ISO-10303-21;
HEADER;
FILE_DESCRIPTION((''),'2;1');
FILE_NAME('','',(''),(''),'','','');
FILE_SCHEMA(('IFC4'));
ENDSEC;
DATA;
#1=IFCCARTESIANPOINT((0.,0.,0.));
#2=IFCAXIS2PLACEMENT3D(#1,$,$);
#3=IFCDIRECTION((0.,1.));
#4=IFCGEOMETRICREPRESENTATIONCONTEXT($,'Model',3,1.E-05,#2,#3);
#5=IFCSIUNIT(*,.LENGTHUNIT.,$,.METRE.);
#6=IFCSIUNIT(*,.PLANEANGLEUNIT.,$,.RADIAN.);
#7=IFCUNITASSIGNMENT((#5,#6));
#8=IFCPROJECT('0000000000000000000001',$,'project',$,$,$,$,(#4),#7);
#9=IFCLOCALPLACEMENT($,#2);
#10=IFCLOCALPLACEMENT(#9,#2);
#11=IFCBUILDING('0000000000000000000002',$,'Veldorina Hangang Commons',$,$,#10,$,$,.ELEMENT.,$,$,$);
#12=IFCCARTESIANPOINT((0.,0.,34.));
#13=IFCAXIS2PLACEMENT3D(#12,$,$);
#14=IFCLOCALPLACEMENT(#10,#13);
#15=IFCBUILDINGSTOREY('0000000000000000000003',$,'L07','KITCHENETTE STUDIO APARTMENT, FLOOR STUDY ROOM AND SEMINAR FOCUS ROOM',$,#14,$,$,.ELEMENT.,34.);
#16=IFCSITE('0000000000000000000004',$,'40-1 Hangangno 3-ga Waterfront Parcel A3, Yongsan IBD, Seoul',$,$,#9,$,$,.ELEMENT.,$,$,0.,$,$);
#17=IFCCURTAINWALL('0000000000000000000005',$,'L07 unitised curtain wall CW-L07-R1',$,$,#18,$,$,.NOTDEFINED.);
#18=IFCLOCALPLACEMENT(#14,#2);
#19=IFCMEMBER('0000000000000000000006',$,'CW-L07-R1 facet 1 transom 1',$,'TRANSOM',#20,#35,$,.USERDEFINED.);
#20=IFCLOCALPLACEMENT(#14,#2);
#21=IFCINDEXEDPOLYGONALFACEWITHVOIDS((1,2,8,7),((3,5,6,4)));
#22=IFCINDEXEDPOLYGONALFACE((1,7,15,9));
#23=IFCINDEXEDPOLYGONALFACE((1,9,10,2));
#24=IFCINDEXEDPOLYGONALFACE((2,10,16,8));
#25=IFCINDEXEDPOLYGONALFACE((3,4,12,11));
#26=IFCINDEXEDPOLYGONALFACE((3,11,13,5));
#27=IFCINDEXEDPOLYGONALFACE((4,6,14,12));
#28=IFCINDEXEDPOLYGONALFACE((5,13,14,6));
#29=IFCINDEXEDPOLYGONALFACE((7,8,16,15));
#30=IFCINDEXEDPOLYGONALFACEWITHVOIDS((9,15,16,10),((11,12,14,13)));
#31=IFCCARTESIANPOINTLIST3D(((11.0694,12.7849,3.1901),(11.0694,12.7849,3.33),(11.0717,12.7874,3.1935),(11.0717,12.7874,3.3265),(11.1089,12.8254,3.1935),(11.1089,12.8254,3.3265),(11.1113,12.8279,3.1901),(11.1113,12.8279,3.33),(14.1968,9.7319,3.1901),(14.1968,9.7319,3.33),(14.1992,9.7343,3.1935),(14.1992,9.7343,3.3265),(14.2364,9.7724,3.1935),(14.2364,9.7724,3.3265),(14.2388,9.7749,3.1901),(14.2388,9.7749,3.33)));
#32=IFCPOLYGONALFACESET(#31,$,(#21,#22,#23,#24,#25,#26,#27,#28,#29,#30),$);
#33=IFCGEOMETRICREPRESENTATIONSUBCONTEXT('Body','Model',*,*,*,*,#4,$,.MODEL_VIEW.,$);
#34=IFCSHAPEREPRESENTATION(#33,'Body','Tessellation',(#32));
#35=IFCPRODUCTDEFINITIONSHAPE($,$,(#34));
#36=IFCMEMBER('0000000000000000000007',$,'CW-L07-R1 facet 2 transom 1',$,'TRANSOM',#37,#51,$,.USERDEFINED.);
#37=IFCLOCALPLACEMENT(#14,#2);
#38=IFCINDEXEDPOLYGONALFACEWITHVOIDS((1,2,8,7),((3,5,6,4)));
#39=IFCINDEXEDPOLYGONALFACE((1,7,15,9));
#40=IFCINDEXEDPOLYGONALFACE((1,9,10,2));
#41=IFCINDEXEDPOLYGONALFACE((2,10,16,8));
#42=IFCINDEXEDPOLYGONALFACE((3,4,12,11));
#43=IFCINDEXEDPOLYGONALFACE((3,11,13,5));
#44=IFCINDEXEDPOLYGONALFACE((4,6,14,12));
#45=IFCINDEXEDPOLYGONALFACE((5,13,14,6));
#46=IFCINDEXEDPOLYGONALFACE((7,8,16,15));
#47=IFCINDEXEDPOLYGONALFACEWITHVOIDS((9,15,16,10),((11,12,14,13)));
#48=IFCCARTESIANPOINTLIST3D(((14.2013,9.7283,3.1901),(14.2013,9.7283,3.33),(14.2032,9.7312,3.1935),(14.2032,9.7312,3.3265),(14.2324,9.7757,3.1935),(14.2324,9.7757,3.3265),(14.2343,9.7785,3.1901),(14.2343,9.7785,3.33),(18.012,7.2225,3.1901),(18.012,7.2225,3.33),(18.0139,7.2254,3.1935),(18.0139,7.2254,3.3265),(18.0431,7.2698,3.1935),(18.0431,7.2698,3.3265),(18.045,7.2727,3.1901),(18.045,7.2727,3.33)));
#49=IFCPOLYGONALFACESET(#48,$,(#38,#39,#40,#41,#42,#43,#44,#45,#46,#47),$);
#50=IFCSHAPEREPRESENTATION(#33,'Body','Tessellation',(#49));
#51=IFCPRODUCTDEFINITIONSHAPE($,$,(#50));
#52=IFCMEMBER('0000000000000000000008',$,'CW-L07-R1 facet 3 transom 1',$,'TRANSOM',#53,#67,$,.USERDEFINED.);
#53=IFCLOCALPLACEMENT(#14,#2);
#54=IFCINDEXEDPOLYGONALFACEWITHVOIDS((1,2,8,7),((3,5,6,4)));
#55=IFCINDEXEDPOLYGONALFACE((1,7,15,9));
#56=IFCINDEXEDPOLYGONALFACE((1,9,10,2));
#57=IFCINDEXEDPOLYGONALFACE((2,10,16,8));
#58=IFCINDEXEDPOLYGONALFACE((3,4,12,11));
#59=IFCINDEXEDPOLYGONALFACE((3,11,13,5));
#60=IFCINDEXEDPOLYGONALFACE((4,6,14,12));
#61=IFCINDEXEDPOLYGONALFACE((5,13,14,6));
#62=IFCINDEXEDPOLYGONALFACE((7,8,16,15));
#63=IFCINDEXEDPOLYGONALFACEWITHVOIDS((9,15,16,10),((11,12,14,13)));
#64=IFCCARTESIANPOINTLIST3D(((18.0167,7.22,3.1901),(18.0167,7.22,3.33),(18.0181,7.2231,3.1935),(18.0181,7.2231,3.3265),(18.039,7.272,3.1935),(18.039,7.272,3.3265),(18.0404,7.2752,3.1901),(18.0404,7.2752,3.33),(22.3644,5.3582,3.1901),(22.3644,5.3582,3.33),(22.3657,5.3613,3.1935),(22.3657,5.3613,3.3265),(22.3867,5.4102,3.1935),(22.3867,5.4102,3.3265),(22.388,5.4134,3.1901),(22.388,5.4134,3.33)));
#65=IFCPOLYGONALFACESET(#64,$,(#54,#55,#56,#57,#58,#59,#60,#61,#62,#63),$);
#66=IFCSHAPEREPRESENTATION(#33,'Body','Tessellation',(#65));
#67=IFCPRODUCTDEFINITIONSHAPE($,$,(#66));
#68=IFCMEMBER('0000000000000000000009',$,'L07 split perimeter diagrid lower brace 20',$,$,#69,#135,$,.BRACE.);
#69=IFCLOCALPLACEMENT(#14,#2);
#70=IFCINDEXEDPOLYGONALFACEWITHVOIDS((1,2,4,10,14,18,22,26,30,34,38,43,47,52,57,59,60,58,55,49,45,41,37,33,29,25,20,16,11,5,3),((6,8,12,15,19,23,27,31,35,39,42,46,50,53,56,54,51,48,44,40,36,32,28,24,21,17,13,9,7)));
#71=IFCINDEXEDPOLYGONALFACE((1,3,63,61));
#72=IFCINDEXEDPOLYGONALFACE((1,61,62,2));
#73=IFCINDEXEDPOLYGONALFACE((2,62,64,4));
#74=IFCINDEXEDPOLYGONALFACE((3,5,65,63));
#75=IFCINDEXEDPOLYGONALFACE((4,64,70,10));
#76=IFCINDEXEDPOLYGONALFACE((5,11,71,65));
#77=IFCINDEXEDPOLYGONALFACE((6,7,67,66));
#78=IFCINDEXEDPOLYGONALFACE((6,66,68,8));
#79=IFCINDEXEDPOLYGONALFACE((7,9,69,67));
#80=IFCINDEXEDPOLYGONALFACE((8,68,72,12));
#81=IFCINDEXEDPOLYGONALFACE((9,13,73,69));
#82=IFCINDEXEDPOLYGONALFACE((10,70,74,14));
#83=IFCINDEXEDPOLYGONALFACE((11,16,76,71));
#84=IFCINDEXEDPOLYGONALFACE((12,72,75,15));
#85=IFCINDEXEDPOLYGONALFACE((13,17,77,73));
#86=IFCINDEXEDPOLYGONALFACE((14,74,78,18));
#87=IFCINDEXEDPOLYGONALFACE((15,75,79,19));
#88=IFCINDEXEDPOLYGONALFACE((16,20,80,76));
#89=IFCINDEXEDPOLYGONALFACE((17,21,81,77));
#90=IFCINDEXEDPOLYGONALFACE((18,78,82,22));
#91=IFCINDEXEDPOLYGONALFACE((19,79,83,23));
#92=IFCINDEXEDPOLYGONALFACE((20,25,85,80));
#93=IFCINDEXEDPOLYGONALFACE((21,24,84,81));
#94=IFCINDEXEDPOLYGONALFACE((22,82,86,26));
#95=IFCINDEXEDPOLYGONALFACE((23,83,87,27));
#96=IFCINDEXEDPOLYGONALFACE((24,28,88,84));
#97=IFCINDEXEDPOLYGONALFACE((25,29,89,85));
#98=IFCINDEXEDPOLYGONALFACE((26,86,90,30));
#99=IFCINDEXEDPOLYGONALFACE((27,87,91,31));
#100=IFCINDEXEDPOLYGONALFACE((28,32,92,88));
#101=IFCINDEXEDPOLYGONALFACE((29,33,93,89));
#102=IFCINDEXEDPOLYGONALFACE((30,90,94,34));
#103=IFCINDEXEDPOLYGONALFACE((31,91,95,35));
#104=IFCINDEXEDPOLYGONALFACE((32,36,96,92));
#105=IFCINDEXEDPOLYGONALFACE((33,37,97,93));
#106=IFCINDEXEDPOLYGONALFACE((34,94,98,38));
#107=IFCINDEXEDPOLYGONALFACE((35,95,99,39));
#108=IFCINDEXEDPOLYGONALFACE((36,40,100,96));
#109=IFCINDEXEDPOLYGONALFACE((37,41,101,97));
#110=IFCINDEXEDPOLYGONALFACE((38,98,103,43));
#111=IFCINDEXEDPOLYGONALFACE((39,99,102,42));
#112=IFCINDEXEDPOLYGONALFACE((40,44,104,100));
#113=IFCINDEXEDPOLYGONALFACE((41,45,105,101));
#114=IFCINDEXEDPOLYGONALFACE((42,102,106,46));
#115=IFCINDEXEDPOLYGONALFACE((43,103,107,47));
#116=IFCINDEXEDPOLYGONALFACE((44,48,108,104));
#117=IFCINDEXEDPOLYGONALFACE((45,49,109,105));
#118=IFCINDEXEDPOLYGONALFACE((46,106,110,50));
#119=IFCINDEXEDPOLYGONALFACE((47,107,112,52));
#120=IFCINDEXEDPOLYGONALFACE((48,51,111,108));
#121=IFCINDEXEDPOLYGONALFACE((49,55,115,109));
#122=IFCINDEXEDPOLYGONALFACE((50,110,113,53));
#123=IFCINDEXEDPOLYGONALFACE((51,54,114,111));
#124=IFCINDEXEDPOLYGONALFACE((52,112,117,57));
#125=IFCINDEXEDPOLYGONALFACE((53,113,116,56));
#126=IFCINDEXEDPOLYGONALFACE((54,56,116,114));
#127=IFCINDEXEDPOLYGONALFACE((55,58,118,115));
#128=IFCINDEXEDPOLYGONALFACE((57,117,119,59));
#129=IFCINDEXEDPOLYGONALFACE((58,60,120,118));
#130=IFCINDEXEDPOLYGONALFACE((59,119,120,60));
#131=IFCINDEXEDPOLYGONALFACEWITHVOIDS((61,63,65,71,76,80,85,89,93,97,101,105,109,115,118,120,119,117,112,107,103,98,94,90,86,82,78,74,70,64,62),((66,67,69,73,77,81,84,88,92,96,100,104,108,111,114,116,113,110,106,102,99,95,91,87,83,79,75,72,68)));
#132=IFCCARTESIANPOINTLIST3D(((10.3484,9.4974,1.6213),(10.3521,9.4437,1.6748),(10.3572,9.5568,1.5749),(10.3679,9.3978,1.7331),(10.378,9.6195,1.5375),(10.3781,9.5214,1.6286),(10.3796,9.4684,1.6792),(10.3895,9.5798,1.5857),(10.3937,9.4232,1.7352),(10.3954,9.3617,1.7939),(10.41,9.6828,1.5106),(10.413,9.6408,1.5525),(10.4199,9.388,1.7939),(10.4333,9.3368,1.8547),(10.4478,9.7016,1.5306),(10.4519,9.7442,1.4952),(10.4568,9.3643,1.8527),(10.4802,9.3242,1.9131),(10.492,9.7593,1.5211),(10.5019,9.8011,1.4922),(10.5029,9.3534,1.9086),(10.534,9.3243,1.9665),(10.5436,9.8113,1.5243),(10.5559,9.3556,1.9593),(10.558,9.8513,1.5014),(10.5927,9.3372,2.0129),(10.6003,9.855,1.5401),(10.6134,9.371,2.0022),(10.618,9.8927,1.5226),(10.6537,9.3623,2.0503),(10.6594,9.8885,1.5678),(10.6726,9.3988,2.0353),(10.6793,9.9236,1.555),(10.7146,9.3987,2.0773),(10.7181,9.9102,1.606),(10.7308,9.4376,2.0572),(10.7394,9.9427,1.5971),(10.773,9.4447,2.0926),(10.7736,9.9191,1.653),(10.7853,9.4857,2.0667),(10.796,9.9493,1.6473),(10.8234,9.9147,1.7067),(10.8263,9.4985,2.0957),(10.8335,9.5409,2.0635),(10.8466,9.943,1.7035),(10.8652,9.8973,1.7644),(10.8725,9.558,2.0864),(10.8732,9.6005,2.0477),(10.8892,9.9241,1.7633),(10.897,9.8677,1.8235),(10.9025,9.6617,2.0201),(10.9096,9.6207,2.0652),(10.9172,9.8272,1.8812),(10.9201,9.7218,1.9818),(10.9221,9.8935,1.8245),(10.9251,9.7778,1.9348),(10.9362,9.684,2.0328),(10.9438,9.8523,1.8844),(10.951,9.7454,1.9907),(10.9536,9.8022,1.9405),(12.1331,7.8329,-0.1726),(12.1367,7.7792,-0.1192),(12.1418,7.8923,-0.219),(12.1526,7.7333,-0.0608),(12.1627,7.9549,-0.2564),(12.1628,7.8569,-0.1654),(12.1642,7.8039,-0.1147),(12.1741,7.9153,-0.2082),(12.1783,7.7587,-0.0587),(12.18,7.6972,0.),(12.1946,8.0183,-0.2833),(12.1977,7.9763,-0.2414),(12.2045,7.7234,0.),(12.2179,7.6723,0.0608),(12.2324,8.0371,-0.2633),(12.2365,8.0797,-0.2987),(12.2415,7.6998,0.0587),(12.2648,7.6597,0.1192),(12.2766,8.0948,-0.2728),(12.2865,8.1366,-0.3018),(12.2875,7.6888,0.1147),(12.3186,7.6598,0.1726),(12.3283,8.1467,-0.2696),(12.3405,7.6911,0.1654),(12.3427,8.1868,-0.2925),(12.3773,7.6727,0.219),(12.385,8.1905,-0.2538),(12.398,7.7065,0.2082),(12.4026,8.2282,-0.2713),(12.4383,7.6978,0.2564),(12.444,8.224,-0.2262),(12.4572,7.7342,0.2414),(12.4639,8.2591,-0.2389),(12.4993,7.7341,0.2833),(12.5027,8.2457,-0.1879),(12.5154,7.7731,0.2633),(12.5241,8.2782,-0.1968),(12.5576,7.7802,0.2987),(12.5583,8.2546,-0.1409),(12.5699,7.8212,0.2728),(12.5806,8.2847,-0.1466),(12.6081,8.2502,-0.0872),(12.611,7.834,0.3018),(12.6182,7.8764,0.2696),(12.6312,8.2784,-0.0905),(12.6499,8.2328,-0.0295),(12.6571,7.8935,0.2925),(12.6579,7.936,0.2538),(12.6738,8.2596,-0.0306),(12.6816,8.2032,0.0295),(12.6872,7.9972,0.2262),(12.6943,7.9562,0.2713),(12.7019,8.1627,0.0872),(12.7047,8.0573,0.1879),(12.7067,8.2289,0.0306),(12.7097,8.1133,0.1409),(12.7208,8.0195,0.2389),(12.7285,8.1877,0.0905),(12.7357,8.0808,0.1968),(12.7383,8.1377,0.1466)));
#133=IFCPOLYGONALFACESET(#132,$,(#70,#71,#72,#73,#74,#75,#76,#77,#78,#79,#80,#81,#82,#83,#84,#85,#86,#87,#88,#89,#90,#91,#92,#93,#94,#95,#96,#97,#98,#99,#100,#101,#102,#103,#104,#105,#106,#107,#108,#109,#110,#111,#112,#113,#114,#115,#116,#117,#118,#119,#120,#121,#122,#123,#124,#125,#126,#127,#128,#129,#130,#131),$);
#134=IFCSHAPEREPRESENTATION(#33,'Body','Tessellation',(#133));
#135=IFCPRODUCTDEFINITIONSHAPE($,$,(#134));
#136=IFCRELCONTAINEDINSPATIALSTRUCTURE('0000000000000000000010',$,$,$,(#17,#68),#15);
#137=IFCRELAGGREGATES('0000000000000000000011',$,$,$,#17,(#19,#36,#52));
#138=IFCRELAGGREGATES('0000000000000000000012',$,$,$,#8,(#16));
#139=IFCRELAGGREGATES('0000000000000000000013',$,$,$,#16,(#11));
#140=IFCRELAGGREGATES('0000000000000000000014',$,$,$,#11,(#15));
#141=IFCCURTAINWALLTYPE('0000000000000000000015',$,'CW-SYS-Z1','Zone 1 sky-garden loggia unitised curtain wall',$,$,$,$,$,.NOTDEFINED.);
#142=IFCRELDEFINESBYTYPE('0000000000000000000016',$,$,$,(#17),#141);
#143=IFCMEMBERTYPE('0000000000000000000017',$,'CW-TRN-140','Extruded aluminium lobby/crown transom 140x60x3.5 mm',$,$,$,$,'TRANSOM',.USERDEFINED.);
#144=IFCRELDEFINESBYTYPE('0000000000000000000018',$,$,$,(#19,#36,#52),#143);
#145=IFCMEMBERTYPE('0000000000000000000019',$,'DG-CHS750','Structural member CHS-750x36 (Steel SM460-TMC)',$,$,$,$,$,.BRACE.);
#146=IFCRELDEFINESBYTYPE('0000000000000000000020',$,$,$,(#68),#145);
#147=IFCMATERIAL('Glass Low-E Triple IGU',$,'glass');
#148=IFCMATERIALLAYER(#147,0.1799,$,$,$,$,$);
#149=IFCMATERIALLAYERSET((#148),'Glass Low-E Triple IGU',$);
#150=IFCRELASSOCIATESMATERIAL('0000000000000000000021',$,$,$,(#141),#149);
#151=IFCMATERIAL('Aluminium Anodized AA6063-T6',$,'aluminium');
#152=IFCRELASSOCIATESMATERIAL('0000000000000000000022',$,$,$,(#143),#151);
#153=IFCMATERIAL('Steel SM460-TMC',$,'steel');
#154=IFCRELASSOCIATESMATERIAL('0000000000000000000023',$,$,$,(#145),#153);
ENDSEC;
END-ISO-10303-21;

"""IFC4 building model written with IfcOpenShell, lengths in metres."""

from ifc_helpers import new_model, si_unit, direction, frame, origin, origin_2d, place, context, subcontext, project, spatial, hollow_rectangle, hollow_circle, extrude, material, layer, layer_set, material_profile, profile_set, type_object, element, aggregate, save


model = new_model("IFC4")

# Units and contexts
model_context = context("Model", 3, precision=1e-05, world=origin(), true_north=direction((0.0, 1.0)))
body_context = subcontext(model_context, "Body", "Model", "MODEL_VIEW")
ifc_project = project(units=[si_unit("LENGTHUNIT", "METRE"), si_unit("PLANEANGLEUNIT", "RADIAN")], contexts=[model_context])

# Site, building, storey
site_placement = place(None, origin())
site = spatial("IfcSite", under=ifc_project, at=site_placement, Name="40-1 Hangangno 3-ga Waterfront Parcel A3, Yongsan IBD, Seoul", CompositionType="ELEMENT", RefElevation=0.0)
building_placement = place(site_placement, origin())
building = spatial("IfcBuilding", under=site, at=building_placement, Name="Veldorina Hangang Commons", CompositionType="ELEMENT")
storey_placement = place(building_placement, frame((0.0, 0.0, 34.0)))
storey = spatial("IfcBuildingStorey", under=building, at=storey_placement, Name="L07", Description="KITCHENETTE STUDIO APARTMENT, FLOOR STUDY ROOM AND SEMINAR FOCUS ROOM", CompositionType="ELEMENT", Elevation=34.0)

# Shared definitions
ifc_material_1 = material(Name="Steel SM460-TMC", Category="steel")

# Curtain wall, members
ifc_material_2 = material(Name="Glass Low-E Triple IGU", Category="glass")
ifc_layer_1 = layer(ifc_material_2, 0.1799)
ifc_layer_set_1 = layer_set([ifc_layer_1], Name="Glass Low-E Triple IGU")
curtain_wall_type = type_object("IfcCurtainWallType", Name="CW-SYS-Z1", Description="Zone 1 sky-garden loggia unitised curtain wall", PredefinedType="NOTDEFINED", material=ifc_layer_set_1)
curtain_wall_placement = place(storey_placement, origin())
curtain_wall = element("IfcCurtainWall", 1, at=curtain_wall_placement, inside=storey, type_object=curtain_wall_type, Name="L07 unitised curtain wall CW-L07-R1", PredefinedType="NOTDEFINED")
ifc_material_3 = material(Name="Aluminium Anodized AA6063-T6", Category="aluminium")
ifc_material_profile_1 = material_profile(ifc_material_3, hollow_rectangle(XDim=0.0601, YDim=0.1399, WallThickness=0.0034, at=origin_2d()), Name="ALU-RHS-140x60x3.5")
ifc_profile_set_1 = profile_set([ifc_material_profile_1], Name="Aluminium Anodized AA6063-T6")
member_type_1 = type_object("IfcMemberType", Name="CW-TRN-140", Description="Extruded aluminium lobby/crown transom 140x60x3.5 mm", ElementType="TRANSOM", PredefinedType="USERDEFINED", material=ifc_profile_set_1)
member_1_placement = place(storey_placement, frame((11.0903, 12.8064, 3.26), z_axis=(0.715574, -0.698537, 0.0), x_axis=(0.698537, 0.715574, 0.0)))
member_1 = element("IfcMember", 2, at=member_1_placement, type_object=member_type_1, Name="CW-L07-R1 facet 1 transom 1", ObjectType="TRANSOM", PredefinedType="USERDEFINED", context=body_context, shape_type="SweptSolid", body=[
    extrude(hollow_rectangle(XDim=0.0601, YDim=0.1399, WallThickness=0.0034, at=origin_2d()), origin(), (0.0, 0.0, 1.0), 4.3706),
])
member_2_placement = place(storey_placement, frame((14.2178, 9.7534, 3.26), z_axis=(0.835542, -0.549427, 0.0), x_axis=(0.549427, 0.835542, 0.0)))
member_2 = element("IfcMember", 3, at=member_2_placement, type_object=member_type_1, Name="CW-L07-R1 facet 2 transom 1", ObjectType="TRANSOM", PredefinedType="USERDEFINED", context=body_context, shape_type="SweptSolid", body=[
    extrude(hollow_rectangle(XDim=0.0601, YDim=0.1399, WallThickness=0.0034, at=origin_2d()), origin(), (0.0, 0.0, 1.0), 4.5608),
])
member_3_placement = place(storey_placement, frame((18.0286, 7.2476, 3.26), z_axis=(0.919257, -0.393658, 0.0), x_axis=(0.393658, 0.919257, 0.0)))
member_3 = element("IfcMember", 4, at=member_3_placement, type_object=member_type_1, Name="CW-L07-R1 facet 3 transom 1", ObjectType="TRANSOM", PredefinedType="USERDEFINED", context=body_context, shape_type="SweptSolid", body=[
    extrude(hollow_rectangle(XDim=0.0601, YDim=0.1399, WallThickness=0.0034, at=origin_2d()), origin(), (0.0, 0.0, 1.0), 4.7295),
])

# Member
ifc_material_profile_2 = material_profile(ifc_material_1, hollow_circle(Radius=0.375, WallThickness=0.0359, at=origin_2d()), Name="CHS-750x36")
ifc_profile_set_2 = profile_set([ifc_material_profile_2], Name="Steel SM460-TMC")
member_type_2 = type_object("IfcMemberType", Name="DG-CHS750", Description="Structural member CHS-750x36 (Steel SM460-TMC)", PredefinedType="BRACE", material=ifc_profile_set_2)
member_4_placement = place(storey_placement, frame((12.4358, 7.9714, 0.0), z_axis=(-0.589221, 0.549563, 0.592283), x_axis=(-0.682069, -0.731288, 0.0)))
element("IfcMember", 5, at=member_4_placement, inside=storey, type_object=member_type_2, Name="L07 split perimeter diagrid lower brace 20", PredefinedType="BRACE", context=body_context, shape_type="SweptSolid", body=[
    extrude(hollow_circle(Radius=0.375, WallThickness=0.0359, at=origin_2d()), origin(), (0.0, 0.0, 1.0), 3.0288),
])

aggregate(curtain_wall, [member_1, member_2, member_3])

save(model, "model.ifc")
